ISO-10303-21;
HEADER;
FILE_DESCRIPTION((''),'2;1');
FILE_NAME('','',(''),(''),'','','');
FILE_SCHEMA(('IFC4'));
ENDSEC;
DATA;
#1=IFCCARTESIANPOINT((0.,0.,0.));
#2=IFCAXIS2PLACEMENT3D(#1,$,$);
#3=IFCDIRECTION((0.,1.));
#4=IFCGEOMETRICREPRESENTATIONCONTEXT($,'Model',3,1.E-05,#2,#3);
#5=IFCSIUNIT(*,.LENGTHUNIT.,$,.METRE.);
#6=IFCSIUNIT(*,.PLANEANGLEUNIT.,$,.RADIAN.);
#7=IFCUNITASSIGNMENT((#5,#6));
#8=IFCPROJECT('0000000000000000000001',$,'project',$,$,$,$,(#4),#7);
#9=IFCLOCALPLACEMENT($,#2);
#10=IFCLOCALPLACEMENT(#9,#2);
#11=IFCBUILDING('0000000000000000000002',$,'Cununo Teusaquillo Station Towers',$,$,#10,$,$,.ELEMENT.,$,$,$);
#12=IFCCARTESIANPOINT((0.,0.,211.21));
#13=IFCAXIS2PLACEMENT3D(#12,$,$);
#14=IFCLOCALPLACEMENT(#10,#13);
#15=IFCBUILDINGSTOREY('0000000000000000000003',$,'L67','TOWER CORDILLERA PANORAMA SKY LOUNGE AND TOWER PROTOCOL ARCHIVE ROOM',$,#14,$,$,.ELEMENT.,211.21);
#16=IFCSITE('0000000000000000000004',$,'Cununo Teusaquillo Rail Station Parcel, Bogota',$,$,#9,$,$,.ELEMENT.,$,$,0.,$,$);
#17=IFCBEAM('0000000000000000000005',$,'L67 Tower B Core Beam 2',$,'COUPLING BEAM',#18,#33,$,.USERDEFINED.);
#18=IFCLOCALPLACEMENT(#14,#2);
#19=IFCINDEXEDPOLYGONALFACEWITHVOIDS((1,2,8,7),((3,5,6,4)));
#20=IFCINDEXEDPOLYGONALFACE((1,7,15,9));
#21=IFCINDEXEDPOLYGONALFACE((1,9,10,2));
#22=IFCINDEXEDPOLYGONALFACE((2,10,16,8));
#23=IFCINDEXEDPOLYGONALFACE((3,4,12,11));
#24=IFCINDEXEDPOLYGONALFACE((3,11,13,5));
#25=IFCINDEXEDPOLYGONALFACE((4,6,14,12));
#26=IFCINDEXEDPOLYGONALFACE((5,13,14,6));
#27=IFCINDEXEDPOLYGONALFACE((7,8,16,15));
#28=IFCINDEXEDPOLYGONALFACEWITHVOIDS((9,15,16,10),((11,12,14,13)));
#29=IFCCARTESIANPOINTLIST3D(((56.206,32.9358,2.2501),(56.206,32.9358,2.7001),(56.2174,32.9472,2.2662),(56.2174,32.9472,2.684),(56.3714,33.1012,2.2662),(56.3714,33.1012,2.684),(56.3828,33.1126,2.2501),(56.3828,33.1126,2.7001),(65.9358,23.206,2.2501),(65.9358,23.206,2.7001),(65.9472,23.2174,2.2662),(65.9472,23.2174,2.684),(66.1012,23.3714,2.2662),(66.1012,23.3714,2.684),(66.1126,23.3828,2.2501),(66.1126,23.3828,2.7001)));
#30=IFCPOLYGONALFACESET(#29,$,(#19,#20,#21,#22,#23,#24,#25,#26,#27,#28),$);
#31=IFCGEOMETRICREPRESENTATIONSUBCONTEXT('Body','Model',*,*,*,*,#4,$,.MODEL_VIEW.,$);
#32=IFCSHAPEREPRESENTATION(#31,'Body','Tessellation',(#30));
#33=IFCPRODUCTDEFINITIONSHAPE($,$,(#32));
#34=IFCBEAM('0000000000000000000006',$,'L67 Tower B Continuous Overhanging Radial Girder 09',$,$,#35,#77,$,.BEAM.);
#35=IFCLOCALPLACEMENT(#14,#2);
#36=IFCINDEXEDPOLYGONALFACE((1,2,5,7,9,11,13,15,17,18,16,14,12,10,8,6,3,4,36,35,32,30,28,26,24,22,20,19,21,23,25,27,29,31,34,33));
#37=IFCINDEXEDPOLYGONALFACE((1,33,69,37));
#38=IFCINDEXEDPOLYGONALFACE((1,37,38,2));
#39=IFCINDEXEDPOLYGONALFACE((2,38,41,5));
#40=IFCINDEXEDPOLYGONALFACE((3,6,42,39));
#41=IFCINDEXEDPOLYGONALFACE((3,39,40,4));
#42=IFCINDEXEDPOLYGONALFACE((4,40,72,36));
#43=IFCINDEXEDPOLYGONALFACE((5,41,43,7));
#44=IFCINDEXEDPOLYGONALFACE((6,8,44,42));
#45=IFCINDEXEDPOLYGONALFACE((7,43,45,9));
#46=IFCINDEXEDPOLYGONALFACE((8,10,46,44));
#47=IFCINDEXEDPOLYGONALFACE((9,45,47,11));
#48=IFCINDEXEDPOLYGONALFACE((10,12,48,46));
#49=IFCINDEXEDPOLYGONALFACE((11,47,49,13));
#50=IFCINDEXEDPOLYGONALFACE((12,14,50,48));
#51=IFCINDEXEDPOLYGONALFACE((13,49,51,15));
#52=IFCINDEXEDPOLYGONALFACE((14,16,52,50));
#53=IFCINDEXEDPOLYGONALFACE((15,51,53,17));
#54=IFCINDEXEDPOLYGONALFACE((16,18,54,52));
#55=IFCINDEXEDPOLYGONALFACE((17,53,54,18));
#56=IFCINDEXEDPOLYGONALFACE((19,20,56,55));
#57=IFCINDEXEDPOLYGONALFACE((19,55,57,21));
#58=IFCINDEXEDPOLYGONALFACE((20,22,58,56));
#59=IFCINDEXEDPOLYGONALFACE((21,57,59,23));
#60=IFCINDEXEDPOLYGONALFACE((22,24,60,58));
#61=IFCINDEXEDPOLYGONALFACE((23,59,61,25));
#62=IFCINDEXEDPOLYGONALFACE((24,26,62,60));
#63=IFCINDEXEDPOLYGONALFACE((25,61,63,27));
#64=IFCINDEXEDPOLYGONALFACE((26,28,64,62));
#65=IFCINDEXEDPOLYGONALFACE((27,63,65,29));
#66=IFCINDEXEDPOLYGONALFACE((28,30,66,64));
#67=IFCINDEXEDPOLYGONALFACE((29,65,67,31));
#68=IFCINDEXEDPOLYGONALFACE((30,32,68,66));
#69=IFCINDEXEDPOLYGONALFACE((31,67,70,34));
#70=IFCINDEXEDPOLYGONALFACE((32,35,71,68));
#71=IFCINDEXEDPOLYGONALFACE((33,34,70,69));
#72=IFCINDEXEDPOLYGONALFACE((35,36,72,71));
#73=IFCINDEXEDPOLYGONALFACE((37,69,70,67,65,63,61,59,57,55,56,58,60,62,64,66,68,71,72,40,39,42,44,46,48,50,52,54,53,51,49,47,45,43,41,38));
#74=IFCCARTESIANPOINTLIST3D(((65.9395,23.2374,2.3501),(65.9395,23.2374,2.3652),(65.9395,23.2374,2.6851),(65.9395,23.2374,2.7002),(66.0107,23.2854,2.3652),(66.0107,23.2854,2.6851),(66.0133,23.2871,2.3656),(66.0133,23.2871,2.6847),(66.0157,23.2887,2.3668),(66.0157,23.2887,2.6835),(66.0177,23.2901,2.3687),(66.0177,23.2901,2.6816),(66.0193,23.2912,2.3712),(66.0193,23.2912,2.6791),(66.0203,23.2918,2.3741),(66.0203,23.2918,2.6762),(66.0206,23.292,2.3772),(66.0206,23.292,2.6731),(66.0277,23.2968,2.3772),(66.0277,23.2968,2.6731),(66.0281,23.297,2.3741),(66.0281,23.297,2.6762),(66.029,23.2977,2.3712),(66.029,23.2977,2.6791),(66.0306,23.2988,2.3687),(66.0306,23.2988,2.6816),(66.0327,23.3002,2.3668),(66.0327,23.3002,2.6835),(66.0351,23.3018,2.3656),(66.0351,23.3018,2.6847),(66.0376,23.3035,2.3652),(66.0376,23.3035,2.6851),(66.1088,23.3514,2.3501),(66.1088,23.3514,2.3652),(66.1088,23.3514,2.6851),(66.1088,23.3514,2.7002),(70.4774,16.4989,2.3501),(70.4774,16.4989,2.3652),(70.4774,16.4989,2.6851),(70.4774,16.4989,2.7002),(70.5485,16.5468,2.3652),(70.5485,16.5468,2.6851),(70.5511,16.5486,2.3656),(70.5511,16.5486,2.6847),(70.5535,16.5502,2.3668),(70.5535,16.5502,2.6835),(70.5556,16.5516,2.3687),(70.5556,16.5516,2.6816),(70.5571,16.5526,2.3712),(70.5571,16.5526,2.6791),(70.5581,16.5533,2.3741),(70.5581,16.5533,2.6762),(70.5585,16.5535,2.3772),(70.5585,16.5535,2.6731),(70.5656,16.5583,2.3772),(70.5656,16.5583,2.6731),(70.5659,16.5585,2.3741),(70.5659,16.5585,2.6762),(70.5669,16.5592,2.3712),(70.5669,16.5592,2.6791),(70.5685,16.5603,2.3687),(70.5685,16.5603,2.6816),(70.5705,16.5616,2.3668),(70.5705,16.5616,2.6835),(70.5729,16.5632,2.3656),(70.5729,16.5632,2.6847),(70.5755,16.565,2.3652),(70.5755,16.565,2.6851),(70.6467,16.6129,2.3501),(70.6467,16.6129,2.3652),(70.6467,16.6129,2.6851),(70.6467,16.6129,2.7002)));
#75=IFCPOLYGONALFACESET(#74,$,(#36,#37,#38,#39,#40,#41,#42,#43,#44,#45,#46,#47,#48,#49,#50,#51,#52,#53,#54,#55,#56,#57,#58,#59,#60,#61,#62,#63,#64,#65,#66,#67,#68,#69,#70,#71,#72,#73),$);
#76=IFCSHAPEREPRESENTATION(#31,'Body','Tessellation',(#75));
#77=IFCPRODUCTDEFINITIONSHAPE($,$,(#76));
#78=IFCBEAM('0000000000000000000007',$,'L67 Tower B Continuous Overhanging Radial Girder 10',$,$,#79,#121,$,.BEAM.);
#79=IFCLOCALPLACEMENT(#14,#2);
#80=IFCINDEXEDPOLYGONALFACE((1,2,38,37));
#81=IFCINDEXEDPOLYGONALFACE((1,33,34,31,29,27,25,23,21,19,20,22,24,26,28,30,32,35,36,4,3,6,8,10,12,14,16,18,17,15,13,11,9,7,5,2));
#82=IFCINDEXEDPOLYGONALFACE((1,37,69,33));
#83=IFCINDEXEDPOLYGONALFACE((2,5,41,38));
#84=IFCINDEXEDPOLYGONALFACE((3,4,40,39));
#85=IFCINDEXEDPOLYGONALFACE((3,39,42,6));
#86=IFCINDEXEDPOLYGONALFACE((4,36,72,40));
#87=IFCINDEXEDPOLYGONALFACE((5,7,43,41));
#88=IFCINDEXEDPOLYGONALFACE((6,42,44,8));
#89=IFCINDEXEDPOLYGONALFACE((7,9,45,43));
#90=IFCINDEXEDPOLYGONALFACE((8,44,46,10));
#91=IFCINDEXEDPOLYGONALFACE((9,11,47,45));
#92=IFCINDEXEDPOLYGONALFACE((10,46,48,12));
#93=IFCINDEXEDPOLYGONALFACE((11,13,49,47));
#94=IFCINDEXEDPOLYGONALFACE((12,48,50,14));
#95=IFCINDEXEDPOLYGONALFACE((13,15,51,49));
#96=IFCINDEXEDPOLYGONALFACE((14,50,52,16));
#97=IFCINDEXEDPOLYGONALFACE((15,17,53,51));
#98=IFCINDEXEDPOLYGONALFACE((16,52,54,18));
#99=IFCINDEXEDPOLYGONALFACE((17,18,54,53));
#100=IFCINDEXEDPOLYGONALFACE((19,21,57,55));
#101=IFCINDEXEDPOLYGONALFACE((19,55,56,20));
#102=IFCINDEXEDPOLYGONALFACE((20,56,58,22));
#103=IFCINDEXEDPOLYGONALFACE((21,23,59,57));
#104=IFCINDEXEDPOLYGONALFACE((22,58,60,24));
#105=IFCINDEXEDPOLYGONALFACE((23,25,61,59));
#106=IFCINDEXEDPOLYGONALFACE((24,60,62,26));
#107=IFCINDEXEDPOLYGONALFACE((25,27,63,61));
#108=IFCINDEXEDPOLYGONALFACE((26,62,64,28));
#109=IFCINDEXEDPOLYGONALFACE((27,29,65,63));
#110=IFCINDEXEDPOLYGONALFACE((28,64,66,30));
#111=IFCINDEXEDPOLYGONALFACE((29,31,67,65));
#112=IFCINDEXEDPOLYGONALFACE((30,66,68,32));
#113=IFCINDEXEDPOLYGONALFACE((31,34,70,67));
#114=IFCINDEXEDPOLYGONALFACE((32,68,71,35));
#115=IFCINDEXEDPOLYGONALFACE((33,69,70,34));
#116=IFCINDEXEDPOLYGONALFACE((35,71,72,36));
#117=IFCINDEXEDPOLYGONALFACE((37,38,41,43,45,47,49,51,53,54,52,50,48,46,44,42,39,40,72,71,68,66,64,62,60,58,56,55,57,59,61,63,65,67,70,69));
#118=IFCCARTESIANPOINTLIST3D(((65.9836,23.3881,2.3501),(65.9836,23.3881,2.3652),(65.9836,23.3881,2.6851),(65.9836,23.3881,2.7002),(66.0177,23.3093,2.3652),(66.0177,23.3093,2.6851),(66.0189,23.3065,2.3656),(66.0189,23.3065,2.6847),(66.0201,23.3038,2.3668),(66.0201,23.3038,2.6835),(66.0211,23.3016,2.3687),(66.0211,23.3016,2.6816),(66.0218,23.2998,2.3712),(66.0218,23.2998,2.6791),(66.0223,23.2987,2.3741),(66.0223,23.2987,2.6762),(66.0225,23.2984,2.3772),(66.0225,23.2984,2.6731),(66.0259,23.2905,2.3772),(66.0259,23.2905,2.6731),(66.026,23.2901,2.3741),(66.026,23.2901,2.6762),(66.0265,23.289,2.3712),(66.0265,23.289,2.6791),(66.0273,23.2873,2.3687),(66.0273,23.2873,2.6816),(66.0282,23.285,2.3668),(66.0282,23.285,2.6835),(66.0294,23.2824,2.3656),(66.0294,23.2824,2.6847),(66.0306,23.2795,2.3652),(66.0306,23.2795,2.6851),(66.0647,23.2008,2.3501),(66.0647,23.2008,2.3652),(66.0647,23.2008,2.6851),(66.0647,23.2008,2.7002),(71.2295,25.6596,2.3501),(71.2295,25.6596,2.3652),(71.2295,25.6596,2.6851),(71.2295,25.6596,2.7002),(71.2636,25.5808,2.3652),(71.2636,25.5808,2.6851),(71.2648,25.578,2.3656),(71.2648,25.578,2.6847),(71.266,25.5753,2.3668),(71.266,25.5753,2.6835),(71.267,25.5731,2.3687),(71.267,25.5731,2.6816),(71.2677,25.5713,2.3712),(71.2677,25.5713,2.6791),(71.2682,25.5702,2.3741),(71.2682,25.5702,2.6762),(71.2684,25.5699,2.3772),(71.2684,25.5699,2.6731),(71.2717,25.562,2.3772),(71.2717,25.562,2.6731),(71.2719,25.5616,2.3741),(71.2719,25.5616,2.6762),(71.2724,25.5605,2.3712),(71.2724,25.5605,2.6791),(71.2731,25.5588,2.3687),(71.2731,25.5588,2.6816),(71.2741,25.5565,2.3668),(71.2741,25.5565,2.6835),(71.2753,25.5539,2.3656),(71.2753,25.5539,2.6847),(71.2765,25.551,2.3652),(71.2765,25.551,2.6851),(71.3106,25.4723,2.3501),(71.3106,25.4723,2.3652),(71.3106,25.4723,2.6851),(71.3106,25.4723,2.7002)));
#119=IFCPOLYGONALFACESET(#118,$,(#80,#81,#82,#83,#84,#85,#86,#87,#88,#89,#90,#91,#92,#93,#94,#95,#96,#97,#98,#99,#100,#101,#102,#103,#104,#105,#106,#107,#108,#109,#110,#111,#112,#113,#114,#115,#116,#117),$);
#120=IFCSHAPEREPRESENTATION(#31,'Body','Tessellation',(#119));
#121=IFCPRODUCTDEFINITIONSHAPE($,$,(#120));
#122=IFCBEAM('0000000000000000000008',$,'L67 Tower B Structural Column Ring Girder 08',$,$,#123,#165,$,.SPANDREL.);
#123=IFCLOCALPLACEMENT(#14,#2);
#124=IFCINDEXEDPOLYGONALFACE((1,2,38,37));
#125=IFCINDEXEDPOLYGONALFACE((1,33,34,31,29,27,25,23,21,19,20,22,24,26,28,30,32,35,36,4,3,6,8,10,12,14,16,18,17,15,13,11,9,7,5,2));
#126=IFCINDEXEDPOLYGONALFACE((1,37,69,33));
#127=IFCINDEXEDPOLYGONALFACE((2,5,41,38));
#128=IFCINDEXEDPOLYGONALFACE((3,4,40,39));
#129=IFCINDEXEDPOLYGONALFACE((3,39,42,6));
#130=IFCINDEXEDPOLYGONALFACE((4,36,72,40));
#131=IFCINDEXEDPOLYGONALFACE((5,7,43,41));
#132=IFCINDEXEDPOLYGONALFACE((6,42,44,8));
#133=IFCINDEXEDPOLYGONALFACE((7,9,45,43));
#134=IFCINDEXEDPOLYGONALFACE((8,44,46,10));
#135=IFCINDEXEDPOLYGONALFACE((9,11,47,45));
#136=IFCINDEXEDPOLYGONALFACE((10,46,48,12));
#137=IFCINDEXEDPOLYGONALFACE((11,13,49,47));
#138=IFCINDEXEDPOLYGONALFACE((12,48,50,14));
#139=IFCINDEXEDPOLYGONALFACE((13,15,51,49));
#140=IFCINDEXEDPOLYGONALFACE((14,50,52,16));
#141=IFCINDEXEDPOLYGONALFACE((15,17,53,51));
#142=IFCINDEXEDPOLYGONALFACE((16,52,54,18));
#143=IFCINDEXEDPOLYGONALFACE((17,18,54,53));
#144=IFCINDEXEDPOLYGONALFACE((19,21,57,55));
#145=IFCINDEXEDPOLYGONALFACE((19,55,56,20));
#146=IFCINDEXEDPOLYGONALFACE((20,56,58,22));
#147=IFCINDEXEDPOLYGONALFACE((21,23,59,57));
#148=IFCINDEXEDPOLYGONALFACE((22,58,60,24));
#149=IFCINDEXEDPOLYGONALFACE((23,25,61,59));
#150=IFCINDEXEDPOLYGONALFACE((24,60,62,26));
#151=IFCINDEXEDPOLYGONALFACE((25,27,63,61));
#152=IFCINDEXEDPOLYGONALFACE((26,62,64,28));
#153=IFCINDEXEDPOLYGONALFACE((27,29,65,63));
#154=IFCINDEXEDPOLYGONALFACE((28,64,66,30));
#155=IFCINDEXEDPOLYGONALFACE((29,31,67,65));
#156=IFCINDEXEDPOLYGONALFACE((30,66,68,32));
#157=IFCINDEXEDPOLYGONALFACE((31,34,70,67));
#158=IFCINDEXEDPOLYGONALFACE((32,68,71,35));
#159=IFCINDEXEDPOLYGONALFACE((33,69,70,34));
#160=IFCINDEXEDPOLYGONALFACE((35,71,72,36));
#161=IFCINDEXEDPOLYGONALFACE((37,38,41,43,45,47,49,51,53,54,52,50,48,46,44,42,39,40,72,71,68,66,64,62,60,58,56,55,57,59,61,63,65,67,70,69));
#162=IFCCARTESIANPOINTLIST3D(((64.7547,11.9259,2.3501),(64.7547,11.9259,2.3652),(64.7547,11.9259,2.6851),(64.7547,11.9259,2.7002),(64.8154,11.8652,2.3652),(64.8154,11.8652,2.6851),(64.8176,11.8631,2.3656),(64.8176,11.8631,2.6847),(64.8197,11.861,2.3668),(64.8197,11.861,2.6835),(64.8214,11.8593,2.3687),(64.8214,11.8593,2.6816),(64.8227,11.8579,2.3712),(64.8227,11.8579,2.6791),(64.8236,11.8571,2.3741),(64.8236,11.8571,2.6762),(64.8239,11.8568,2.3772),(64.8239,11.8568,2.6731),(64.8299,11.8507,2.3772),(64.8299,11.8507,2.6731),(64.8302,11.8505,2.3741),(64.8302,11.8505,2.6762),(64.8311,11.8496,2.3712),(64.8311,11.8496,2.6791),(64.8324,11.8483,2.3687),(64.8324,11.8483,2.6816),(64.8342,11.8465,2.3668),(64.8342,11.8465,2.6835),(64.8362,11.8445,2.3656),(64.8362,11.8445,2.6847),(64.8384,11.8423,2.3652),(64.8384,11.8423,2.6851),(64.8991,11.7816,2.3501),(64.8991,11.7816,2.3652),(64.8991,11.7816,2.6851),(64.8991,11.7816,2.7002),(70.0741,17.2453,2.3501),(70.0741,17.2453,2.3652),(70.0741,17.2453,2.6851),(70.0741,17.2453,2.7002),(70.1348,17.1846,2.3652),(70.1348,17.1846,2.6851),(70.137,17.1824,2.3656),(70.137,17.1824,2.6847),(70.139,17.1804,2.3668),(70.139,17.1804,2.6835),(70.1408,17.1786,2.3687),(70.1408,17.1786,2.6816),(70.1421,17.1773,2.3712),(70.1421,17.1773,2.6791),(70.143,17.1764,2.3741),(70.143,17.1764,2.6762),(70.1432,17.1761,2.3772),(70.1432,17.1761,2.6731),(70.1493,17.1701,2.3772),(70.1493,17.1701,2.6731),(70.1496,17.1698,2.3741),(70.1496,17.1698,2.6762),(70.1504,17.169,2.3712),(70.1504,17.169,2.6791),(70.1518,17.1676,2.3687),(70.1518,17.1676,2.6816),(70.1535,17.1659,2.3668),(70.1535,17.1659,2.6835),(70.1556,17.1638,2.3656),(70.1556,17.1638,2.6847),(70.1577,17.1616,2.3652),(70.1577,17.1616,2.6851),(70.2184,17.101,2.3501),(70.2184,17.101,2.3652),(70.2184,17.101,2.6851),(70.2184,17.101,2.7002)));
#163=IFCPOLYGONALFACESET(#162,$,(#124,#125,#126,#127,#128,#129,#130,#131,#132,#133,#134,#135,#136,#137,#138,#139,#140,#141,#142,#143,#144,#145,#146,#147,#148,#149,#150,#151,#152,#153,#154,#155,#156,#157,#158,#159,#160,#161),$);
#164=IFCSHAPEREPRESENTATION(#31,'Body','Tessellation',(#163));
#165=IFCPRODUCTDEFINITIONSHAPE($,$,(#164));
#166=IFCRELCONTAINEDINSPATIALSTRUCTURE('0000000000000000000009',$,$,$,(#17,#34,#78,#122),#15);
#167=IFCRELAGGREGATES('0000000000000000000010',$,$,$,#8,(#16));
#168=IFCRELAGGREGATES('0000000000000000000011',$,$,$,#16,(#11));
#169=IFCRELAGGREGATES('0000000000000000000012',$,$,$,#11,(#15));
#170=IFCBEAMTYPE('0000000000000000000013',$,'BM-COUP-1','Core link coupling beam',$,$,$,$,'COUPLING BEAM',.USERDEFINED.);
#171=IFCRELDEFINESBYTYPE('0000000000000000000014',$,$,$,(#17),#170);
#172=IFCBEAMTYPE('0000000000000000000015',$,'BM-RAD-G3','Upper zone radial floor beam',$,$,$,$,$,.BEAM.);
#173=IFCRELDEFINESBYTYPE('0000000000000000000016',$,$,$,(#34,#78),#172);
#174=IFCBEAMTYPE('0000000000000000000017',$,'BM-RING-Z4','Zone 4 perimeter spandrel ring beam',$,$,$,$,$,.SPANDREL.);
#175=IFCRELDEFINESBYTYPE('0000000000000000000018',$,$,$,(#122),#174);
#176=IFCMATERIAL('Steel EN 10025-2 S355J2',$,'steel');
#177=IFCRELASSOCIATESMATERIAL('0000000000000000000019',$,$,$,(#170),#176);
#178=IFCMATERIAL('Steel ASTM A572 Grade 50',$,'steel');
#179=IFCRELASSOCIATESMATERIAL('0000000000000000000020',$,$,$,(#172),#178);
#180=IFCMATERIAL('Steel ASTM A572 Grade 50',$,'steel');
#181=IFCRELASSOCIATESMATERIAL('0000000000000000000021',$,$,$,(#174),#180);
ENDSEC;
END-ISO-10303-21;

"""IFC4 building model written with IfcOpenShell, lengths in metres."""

from ifc_helpers import new_model, si_unit, direction, frame, origin, origin_2d, place, context, subcontext, project, spatial, hollow_rectangle, i_section, extrude, material, material_profile, profile_set, type_object, element, save


model = new_model("IFC4")

# Units and contexts
model_context = context("Model", 3, precision=1e-05, world=origin(), true_north=direction((0.0, 1.0)))
body_context = subcontext(model_context, "Body", "Model", "MODEL_VIEW")
ifc_project = project(units=[si_unit("LENGTHUNIT", "METRE"), si_unit("PLANEANGLEUNIT", "RADIAN")], contexts=[model_context])

# Site, building, storey
site_placement = place(None, origin())
site = spatial("IfcSite", under=ifc_project, at=site_placement, Name="Cununo Teusaquillo Rail Station Parcel, Bogota", CompositionType="ELEMENT", RefElevation=0.0)
building_placement = place(site_placement, origin())
building = spatial("IfcBuilding", under=site, at=building_placement, Name="Cununo Teusaquillo Station Towers", CompositionType="ELEMENT")
storey_placement = place(building_placement, frame((0.0, 0.0, 211.21)))
storey = spatial("IfcBuildingStorey", under=building, at=storey_placement, Name="L67", Description="TOWER CORDILLERA PANORAMA SKY LOUNGE AND TOWER PROTOCOL ARCHIVE ROOM", CompositionType="ELEMENT", Elevation=211.21)

# Beams
ifc_material_1 = material(Name="Steel EN 10025-2 S355J2", Category="steel")
ifc_material_profile_1 = material_profile(ifc_material_1, hollow_rectangle(XDim=0.25, YDim=0.45, WallThickness=0.0161, at=origin_2d()), Name="RHS 450x250x16")
ifc_profile_set_1 = profile_set([ifc_material_profile_1], Name="Steel EN 10025-2 S355J2")
beam_type_1 = type_object("IfcBeamType", Name="BM-COUP-1", Description="Core link coupling beam", ElementType="COUPLING BEAM", PredefinedType="USERDEFINED", material=ifc_profile_set_1)
beam_1_placement = place(storey_placement, frame((66.0242, 23.2944, 2.4751), z_axis=(-0.707107, 0.707107, 0.0), x_axis=(-0.707107, -0.707107, 0.0)))
element("IfcBeam", 1, at=beam_1_placement, inside=storey, type_object=beam_type_1, Name="L67 Tower B Core Beam 2", ObjectType="COUPLING BEAM", PredefinedType="USERDEFINED", context=body_context, shape_type="SweptSolid", body=[
    extrude(hollow_rectangle(XDim=0.25, YDim=0.45, WallThickness=0.0161, at=origin_2d()), origin(), (0.0, 0.0, 1.0), 13.76),
])
ifc_material_2 = material(Name="Steel ASTM A572 Grade 50", Category="steel")
ifc_material_profile_2 = material_profile(ifc_material_2, i_section(OverallWidth=0.2041, OverallDepth=0.3501, WebThickness=0.0085, FlangeThickness=0.0151, FilletRadius=0.012, at=origin_2d()), Name="W14X48")
ifc_profile_set_2 = profile_set([ifc_material_profile_2], Name="Steel ASTM A572 Grade 50")
beam_type_2 = type_object("IfcBeamType", Name="BM-RAD-G3", Description="Upper zone radial floor beam", PredefinedType="BEAM", material=ifc_profile_set_2)
beam_2_placement = place(storey_placement, frame((66.0242, 23.2944, 2.5251), z_axis=(0.558571, -0.829457, 0.0), x_axis=(0.829457, 0.558571, 0.0)))
element("IfcBeam", 2, at=beam_2_placement, inside=storey, type_object=beam_type_2, Name="L67 Tower B Continuous Overhanging Radial Girder 09", PredefinedType="BEAM", context=body_context, shape_type="SweptSolid", body=[
    extrude(i_section(OverallWidth=0.2041, OverallDepth=0.3501, WebThickness=0.0085, FlangeThickness=0.0151, FilletRadius=0.012, at=origin_2d()), origin(), (0.0, 0.0, 1.0), 8.124),
])
beam_3_placement = place(storey_placement, frame((66.0242, 23.2944, 2.5251), z_axis=(0.917665, 0.397355, 0.0), x_axis=(-0.397355, 0.917665, 0.0)))
element("IfcBeam", 3, at=beam_3_placement, inside=storey, type_object=beam_type_2, Name="L67 Tower B Continuous Overhanging Radial Girder 10", PredefinedType="BEAM", context=body_context, shape_type="SweptSolid", body=[
    extrude(i_section(OverallWidth=0.2041, OverallDepth=0.3501, WebThickness=0.0085, FlangeThickness=0.0151, FilletRadius=0.012, at=origin_2d()), origin(), (0.0, 0.0, 1.0), 5.7166),
])
ifc_material_3 = material(Name="Steel ASTM A572 Grade 50", Category="steel")
ifc_material_profile_3 = material_profile(ifc_material_3, i_section(OverallWidth=0.2041, OverallDepth=0.3501, WebThickness=0.0085, FlangeThickness=0.0151, FilletRadius=0.012, at=origin_2d()), Name="W14X48")
ifc_profile_set_3 = profile_set([ifc_material_profile_3], Name="Steel ASTM A572 Grade 50")
beam_type_3 = type_object("IfcBeamType", Name="BM-RING-Z4", Description="Zone 4 perimeter spandrel ring beam", PredefinedType="SPANDREL", material=ifc_profile_set_3)
beam_4_placement = place(storey_placement, frame((64.8269, 11.8538, 2.5251), z_axis=(0.707107, 0.707107, 0.0), x_axis=(-0.707107, 0.707107, 0.0)))
element("IfcBeam", 4, at=beam_4_placement, inside=storey, type_object=beam_type_3, Name="L67 Tower B Structural Column Ring Girder 08", PredefinedType="SPANDREL", context=body_context, shape_type="SweptSolid", body=[
    extrude(i_section(OverallWidth=0.2041, OverallDepth=0.3501, WebThickness=0.0085, FlangeThickness=0.0151, FilletRadius=0.012, at=origin_2d()), origin(), (0.0, 0.0, 1.0), 7.5227),
])

save(model, "model.ifc")
